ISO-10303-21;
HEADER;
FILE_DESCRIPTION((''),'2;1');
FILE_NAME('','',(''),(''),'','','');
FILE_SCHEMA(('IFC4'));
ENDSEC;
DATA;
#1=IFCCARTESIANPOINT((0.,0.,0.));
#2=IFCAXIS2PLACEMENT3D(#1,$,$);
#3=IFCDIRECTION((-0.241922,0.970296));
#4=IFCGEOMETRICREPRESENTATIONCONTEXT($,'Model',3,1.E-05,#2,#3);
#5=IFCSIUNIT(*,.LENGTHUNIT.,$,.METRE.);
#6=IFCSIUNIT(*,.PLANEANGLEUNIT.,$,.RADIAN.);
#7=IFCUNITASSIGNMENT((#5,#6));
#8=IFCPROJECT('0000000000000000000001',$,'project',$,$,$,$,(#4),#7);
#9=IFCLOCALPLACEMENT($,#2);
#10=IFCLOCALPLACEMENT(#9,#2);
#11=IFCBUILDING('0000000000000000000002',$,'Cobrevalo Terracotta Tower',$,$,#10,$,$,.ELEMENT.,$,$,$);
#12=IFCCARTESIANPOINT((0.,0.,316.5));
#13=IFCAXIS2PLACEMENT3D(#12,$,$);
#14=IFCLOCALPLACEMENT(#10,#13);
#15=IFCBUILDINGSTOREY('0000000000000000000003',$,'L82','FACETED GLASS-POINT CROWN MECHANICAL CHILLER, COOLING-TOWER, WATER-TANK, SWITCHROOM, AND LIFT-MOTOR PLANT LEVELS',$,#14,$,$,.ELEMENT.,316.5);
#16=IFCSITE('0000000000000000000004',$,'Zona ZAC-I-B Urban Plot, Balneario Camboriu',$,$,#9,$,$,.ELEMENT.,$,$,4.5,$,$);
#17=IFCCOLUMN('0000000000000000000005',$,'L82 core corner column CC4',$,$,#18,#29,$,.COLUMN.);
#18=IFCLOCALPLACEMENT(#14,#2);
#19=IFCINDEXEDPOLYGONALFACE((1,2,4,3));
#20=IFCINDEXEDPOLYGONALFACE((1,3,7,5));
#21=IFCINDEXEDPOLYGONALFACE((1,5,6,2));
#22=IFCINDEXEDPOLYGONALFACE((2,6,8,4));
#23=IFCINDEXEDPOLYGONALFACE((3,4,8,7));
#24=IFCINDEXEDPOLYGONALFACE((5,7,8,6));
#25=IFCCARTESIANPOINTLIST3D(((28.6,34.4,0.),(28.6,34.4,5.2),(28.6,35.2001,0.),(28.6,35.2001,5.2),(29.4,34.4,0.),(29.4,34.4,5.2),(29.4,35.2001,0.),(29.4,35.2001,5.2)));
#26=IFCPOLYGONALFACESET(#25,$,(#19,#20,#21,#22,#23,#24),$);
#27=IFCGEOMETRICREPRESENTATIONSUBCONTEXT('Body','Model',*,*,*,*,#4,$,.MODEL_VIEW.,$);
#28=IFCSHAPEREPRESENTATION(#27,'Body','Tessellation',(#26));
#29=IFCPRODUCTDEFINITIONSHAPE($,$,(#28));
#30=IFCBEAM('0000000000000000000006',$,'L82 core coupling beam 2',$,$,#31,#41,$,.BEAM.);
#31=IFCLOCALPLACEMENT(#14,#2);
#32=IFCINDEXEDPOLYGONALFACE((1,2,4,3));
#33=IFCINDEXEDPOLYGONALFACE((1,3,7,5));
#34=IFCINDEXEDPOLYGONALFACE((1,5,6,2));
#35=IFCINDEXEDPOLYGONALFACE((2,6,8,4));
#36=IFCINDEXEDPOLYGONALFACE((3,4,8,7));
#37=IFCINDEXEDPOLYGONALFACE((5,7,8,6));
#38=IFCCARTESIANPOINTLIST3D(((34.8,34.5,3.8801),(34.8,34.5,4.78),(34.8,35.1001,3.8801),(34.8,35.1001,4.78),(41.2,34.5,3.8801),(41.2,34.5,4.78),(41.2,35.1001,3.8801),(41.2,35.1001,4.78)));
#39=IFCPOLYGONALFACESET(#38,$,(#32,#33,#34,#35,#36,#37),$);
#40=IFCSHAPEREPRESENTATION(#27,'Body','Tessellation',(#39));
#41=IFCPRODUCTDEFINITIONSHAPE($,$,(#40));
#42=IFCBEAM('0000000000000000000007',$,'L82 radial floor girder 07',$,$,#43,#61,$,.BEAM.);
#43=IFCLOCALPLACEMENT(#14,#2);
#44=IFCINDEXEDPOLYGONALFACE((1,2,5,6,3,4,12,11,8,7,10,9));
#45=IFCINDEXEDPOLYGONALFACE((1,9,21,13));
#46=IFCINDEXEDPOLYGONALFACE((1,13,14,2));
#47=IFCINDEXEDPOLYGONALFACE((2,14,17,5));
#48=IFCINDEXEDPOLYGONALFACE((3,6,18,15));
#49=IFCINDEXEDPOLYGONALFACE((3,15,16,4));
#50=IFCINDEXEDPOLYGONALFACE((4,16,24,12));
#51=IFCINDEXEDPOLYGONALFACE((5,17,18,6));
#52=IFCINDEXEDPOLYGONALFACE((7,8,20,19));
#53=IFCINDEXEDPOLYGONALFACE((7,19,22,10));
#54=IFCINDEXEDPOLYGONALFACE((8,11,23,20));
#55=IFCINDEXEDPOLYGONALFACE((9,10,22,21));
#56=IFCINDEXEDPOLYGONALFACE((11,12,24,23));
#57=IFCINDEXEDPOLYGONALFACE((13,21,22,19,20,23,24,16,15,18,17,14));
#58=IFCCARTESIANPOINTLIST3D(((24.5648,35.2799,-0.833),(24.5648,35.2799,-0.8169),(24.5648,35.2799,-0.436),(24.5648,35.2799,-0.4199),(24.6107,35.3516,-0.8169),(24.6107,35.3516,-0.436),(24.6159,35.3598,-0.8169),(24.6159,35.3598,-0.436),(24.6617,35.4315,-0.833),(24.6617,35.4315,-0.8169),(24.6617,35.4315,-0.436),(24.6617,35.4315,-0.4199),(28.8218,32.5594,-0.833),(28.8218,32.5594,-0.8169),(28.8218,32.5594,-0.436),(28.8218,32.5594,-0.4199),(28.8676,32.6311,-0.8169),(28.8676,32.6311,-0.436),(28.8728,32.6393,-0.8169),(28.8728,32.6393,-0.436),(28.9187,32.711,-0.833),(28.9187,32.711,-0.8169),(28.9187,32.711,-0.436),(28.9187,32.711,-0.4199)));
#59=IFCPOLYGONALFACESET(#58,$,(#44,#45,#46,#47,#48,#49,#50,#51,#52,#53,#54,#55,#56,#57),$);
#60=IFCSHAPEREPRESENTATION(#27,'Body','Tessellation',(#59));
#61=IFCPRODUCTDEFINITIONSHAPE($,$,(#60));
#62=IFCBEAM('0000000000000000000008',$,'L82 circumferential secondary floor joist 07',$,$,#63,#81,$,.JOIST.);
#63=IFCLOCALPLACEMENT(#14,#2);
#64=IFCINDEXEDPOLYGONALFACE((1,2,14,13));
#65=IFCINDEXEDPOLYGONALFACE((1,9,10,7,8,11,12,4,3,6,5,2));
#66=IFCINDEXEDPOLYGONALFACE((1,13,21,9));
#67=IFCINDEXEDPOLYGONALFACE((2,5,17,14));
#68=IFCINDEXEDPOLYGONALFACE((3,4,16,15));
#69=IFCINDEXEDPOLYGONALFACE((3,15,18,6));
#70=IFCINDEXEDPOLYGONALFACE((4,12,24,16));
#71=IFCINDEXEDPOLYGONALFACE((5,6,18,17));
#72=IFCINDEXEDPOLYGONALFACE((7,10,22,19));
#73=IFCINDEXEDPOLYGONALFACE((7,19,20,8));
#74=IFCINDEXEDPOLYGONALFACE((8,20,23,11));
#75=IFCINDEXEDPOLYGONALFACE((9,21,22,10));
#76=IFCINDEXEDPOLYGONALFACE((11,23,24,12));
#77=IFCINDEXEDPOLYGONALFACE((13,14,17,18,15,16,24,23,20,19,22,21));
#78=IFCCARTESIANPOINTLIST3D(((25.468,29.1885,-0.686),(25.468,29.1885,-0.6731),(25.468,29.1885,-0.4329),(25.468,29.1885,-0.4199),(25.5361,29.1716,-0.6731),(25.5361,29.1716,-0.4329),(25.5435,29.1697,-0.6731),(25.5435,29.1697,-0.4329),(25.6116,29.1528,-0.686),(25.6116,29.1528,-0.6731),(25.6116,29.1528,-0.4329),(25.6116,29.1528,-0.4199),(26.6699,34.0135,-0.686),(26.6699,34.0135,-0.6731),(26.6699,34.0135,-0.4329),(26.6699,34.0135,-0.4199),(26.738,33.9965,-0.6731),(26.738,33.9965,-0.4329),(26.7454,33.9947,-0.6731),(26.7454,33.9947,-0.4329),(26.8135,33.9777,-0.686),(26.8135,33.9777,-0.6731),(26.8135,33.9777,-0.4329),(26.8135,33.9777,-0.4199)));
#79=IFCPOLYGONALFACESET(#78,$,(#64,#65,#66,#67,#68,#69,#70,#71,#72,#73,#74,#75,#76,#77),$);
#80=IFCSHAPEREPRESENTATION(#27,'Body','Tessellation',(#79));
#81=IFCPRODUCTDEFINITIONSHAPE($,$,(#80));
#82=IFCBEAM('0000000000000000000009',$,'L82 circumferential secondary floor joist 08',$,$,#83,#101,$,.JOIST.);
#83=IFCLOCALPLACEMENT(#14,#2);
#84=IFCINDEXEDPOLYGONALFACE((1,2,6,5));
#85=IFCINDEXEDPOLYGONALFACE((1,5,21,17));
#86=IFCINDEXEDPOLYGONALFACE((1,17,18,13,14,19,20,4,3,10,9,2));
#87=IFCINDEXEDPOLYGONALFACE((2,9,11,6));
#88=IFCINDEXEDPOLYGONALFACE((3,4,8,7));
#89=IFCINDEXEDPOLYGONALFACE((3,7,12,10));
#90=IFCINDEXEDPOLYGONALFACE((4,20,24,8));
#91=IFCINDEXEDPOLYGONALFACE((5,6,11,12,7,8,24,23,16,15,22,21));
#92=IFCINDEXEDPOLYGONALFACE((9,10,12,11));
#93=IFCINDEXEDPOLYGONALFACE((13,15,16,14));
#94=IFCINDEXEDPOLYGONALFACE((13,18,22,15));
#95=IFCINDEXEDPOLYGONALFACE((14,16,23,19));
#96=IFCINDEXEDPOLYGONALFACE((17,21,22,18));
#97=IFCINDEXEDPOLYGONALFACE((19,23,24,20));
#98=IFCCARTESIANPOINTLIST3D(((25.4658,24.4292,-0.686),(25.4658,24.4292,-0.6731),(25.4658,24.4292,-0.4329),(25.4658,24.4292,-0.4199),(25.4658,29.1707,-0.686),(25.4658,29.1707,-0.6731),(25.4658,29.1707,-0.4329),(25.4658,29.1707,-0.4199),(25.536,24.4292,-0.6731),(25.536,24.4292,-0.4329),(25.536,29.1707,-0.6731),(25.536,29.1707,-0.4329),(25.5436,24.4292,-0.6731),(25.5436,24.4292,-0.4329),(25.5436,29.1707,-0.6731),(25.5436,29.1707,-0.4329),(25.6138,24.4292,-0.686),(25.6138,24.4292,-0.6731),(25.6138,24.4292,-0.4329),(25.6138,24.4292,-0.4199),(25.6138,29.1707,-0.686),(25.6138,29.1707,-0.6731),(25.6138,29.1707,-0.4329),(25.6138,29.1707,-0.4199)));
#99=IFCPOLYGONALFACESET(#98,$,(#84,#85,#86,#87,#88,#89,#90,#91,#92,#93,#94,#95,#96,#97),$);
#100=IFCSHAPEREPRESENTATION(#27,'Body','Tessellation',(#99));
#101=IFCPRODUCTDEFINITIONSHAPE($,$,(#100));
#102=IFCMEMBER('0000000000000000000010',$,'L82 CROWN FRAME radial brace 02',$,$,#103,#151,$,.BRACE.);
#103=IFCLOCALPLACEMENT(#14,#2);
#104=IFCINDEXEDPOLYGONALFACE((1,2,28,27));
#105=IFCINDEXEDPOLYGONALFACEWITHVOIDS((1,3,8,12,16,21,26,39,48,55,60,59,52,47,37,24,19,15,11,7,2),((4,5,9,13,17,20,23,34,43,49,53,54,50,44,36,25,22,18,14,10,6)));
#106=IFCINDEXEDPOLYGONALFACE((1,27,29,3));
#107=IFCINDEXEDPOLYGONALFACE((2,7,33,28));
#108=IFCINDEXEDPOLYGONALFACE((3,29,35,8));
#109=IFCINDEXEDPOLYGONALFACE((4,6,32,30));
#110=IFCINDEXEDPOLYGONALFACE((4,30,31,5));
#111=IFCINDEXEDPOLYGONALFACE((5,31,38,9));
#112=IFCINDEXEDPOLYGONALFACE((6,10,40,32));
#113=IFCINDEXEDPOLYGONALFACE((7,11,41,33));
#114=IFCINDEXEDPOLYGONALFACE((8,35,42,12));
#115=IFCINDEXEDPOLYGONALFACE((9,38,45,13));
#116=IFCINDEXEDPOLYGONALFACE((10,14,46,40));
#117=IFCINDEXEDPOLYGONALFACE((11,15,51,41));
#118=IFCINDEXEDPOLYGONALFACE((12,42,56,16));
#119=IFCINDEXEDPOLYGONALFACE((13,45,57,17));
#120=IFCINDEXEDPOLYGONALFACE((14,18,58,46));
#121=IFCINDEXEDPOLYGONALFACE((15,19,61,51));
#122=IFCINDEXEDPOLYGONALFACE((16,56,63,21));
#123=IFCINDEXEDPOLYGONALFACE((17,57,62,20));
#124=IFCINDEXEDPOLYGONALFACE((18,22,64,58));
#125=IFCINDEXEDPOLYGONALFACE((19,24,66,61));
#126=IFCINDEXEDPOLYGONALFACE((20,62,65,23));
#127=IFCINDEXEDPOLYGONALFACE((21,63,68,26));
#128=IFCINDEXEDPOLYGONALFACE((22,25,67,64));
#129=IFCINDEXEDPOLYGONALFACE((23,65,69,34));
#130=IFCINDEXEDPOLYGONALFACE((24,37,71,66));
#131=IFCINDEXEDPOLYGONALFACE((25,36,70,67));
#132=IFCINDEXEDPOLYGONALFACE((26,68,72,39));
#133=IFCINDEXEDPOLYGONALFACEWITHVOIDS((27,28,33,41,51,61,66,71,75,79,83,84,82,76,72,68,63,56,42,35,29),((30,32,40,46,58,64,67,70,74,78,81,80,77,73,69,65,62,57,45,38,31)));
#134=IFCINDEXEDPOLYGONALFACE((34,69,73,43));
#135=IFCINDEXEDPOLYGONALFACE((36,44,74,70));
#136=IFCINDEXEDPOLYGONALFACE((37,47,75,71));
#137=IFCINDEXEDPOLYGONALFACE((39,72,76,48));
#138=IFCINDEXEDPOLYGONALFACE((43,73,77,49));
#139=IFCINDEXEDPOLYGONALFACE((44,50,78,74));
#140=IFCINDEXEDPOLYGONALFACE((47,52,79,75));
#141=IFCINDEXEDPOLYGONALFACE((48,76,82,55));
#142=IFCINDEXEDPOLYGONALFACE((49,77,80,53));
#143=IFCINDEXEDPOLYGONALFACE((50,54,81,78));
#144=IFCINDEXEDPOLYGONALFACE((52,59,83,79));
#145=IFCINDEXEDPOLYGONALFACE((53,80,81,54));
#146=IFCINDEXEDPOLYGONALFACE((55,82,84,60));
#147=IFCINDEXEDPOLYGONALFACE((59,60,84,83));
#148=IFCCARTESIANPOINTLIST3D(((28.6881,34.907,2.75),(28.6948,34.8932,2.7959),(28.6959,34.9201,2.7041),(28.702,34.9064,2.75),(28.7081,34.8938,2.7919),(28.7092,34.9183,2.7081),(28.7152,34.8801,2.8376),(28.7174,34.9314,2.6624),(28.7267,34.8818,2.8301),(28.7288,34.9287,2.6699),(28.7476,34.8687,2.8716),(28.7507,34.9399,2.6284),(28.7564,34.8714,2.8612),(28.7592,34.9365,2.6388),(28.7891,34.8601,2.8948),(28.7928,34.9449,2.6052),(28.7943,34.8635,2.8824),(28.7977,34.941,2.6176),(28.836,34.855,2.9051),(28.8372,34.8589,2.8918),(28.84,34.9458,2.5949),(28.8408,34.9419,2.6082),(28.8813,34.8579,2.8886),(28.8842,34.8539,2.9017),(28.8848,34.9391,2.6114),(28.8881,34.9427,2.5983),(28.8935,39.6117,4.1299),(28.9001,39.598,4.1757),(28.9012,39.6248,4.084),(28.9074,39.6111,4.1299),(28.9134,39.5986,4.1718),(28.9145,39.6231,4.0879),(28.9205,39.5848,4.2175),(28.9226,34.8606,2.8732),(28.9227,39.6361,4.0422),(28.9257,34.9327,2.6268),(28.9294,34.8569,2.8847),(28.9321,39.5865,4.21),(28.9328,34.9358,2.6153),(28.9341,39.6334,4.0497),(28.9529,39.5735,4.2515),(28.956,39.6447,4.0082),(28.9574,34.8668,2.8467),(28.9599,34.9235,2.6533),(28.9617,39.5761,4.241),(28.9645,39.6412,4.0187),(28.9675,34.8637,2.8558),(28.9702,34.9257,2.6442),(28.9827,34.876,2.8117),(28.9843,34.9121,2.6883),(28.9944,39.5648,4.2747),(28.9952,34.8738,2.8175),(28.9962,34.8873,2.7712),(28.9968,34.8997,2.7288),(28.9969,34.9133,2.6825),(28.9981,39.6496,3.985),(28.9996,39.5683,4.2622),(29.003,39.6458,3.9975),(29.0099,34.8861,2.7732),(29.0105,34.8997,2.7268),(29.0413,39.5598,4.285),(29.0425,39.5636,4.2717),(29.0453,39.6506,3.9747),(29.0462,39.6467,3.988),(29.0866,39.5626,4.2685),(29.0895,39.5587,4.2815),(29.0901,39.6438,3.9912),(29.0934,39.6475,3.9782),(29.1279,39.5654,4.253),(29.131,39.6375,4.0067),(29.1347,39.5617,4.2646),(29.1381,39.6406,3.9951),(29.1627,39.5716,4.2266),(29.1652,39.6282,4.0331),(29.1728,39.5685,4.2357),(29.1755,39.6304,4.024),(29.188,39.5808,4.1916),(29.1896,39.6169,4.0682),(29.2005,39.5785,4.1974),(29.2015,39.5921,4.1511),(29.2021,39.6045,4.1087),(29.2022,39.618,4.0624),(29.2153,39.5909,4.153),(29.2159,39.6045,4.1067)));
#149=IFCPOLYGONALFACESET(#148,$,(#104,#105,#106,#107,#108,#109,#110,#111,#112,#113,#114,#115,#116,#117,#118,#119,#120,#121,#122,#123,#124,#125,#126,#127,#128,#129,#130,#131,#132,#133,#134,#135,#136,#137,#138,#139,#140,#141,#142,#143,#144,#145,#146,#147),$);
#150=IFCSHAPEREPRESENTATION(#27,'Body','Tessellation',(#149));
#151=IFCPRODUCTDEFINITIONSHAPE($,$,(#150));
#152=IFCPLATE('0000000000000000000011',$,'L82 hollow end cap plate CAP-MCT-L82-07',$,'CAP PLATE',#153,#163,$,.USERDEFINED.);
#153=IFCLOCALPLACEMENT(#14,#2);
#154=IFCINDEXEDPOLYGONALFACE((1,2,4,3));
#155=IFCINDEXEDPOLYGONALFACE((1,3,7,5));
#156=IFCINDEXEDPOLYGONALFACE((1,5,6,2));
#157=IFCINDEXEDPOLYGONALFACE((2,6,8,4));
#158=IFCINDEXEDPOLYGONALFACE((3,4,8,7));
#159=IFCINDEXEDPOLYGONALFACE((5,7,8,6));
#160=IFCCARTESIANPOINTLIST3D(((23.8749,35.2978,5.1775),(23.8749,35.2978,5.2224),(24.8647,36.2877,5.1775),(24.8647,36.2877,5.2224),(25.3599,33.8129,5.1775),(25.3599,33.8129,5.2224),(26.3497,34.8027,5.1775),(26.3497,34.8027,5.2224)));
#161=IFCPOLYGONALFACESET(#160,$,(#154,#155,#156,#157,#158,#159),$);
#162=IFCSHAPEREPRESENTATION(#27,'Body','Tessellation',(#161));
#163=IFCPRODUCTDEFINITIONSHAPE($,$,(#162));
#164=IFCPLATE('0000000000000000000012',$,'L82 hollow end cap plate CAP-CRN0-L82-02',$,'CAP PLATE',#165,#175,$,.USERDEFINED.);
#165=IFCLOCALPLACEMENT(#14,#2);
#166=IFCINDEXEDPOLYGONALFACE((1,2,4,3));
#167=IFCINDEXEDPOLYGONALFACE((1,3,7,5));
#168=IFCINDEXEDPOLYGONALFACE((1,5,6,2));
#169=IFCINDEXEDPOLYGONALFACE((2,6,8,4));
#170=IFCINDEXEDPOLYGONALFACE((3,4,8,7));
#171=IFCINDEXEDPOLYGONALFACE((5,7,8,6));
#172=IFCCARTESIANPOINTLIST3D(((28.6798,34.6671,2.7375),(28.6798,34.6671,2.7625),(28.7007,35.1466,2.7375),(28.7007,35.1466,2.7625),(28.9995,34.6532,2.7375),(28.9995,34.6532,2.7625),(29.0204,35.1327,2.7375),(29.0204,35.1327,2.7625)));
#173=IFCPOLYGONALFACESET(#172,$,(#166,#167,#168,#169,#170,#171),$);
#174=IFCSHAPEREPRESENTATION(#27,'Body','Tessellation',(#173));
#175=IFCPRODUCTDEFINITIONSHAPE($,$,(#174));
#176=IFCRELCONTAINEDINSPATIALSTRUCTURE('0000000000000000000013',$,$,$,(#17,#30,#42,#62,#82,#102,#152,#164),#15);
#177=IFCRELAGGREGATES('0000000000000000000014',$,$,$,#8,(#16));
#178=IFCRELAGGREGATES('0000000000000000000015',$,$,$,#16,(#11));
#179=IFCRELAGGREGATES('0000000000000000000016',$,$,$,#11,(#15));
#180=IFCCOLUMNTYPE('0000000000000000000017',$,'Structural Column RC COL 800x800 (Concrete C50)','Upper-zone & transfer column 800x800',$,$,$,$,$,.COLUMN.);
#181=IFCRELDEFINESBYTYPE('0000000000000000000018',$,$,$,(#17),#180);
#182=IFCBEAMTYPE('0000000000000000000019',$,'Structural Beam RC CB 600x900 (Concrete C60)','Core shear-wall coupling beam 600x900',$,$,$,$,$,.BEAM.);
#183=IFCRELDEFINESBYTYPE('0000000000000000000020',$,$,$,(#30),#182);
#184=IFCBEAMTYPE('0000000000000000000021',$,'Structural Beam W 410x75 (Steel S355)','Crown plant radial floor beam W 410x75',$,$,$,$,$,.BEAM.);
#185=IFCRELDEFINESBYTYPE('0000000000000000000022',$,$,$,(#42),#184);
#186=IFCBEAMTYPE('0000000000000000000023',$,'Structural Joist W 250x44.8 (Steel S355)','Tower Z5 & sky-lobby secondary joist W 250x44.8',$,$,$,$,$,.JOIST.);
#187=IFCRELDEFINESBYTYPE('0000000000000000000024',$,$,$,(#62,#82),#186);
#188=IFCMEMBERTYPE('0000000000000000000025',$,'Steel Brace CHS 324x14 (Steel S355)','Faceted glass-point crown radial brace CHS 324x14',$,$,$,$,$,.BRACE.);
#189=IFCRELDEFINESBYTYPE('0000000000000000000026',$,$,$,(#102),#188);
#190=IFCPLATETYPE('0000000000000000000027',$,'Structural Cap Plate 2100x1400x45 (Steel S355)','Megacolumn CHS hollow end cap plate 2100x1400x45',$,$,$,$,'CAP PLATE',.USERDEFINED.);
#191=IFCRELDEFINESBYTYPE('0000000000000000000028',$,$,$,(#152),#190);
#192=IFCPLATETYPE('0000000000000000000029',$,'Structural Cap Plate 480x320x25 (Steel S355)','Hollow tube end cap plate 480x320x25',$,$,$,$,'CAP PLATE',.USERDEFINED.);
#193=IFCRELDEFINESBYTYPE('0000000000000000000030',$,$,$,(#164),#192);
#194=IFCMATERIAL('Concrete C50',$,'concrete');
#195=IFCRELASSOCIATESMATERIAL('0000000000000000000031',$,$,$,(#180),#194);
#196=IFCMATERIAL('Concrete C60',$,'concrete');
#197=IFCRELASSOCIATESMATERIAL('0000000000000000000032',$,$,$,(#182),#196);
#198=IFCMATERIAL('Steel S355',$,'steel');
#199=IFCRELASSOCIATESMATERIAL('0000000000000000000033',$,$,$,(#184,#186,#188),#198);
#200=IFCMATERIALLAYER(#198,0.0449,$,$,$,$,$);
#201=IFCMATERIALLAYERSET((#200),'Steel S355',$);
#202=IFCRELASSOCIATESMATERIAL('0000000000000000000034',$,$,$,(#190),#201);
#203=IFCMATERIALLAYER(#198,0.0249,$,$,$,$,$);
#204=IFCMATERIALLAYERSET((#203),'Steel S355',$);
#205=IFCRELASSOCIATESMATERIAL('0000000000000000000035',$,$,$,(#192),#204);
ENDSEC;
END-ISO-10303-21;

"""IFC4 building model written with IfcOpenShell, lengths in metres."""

from ifc_helpers import new_model, si_unit, direction, frame, origin, origin_2d, place, context, subcontext, project, spatial, rectangle, hollow_circle, i_section, extrude, source, transform, mapped, material, layer, layer_set, material_profile, profile_set, type_object, element, save


model = new_model("IFC4")

# Units and contexts
model_context = context("Model", 3, precision=1e-05, world=origin(), true_north=direction((-0.241922, 0.970296)))
body_context = subcontext(model_context, "Body", "Model", "MODEL_VIEW")
ifc_project = project(units=[si_unit("LENGTHUNIT", "METRE"), si_unit("PLANEANGLEUNIT", "RADIAN")], contexts=[model_context])

# Site, building, storey
site_placement = place(None, origin())
site = spatial("IfcSite", under=ifc_project, at=site_placement, Name="Zona ZAC-I-B Urban Plot, Balneario Camboriu", CompositionType="ELEMENT", RefElevation=4.5)
building_placement = place(site_placement, origin())
building = spatial("IfcBuilding", under=site, at=building_placement, Name="Cobrevalo Terracotta Tower", CompositionType="ELEMENT")
storey_placement = place(building_placement, frame((0.0, 0.0, 316.5)))
storey = spatial("IfcBuildingStorey", under=building, at=storey_placement, Name="L82", Description="FACETED GLASS-POINT CROWN MECHANICAL CHILLER, COOLING-TOWER, WATER-TANK, SWITCHROOM, AND LIFT-MOTOR PLANT LEVELS", CompositionType="ELEMENT", Elevation=316.5)

# Column
ifc_material_1 = material(Name="Concrete C50", Category="concrete")
ifc_material_profile_1 = material_profile(ifc_material_1, rectangle(XDim=0.8, YDim=0.8, at=origin_2d()), Name="RC COL 800x800")
ifc_profile_set_1 = profile_set([ifc_material_profile_1], Name="Concrete C50")
column_type = type_object("IfcColumnType", Name="Structural Column RC COL 800x800 (Concrete C50)", Description="Upper-zone & transfer column 800x800", PredefinedType="COLUMN", material=ifc_profile_set_1)
column_placement = place(storey_placement, frame((29.0, 34.8, 0.0), z_axis=(0.0, 0.0, 1.0), x_axis=(1.0, 0.0, 0.0)))
element("IfcColumn", 1, at=column_placement, inside=storey, type_object=column_type, Name="L82 core corner column CC4", PredefinedType="COLUMN", context=body_context, shape_type="SweptSolid", body=[
    extrude(rectangle(XDim=0.8, YDim=0.8, at=origin_2d()), origin(), (0.0, 0.0, 1.0), 5.2),
])

# Beams
ifc_material_2 = material(Name="Concrete C60", Category="concrete")
ifc_material_profile_2 = material_profile(ifc_material_2, rectangle(XDim=0.6001, YDim=0.8999, at=origin_2d()), Name="RC CB 600x900")
ifc_profile_set_2 = profile_set([ifc_material_profile_2], Name="Concrete C60")
beam_type_1 = type_object("IfcBeamType", Name="Structural Beam RC CB 600x900 (Concrete C60)", Description="Core shear-wall coupling beam 600x900", PredefinedType="BEAM", material=ifc_profile_set_2)
beam_1_placement = place(storey_placement, frame((34.8, 34.8, 4.3301), z_axis=(1.0, 0.0, 0.0), x_axis=(0.0, 1.0, 0.0)))
element("IfcBeam", 2, at=beam_1_placement, inside=storey, type_object=beam_type_1, Name="L82 core coupling beam 2", PredefinedType="BEAM", context=body_context, shape_type="SweptSolid", body=[
    extrude(rectangle(XDim=0.6001, YDim=0.8999, at=origin_2d()), origin(), (0.0, 0.0, 1.0), 6.3999),
])
ifc_material_3 = material(Name="Steel S355", Category="steel")
ifc_material_profile_3 = material_profile(ifc_material_3, i_section(OverallWidth=0.1799, OverallDepth=0.4131, WebThickness=0.0098, FlangeThickness=0.0161, at=origin_2d()), Name="W 410x75")
ifc_profile_set_3 = profile_set([ifc_material_profile_3], Name="Steel S355")
beam_type_2 = type_object("IfcBeamType", Name="Structural Beam W 410x75 (Steel S355)", Description="Crown plant radial floor beam W 410x75", PredefinedType="BEAM", material=ifc_profile_set_3)
beam_2_placement = place(storey_placement, frame((24.6133, 35.3557, -0.6265), z_axis=(0.842623, -0.538504, 0.0), x_axis=(0.538504, 0.842623, 0.0)))
element("IfcBeam", 3, at=beam_2_placement, inside=storey, type_object=beam_type_2, Name="L82 radial floor girder 07", PredefinedType="BEAM", context=body_context, shape_type="SweptSolid", body=[
    extrude(i_section(OverallWidth=0.1799, OverallDepth=0.4131, WebThickness=0.0098, FlangeThickness=0.0161, at=origin_2d()), origin(), (0.0, 0.0, 1.0), 5.052),
])
ifc_material_profile_4 = material_profile(ifc_material_3, i_section(OverallWidth=0.1479, OverallDepth=0.2661, WebThickness=0.0076, FlangeThickness=0.0129, at=origin_2d()), Name="W 250x44.8")
ifc_profile_set_4 = profile_set([ifc_material_profile_4], Name="Steel S355")
beam_type_3 = type_object("IfcBeamType", Name="Structural Joist W 250x44.8 (Steel S355)", Description="Tower Z5 & sky-lobby secondary joist W 250x44.8", PredefinedType="JOIST", material=ifc_profile_set_4)
beam_3_placement = place(storey_placement, frame((26.7417, 33.9956, -0.553), z_axis=(-0.241715, -0.970347, 0.0), x_axis=(0.970347, -0.241715, 0.0)))
element("IfcBeam", 4, at=beam_3_placement, inside=storey, type_object=beam_type_3, Name="L82 circumferential secondary floor joist 07", PredefinedType="JOIST", context=body_context, shape_type="SweptSolid", body=[
    extrude(i_section(OverallWidth=0.1479, OverallDepth=0.2661, WebThickness=0.0076, FlangeThickness=0.0129, at=origin_2d()), origin(), (0.0, 0.0, 1.0), 4.9724),
])
beam_4_placement = place(storey_placement, frame((25.5398, 29.1707, -0.553), z_axis=(0.0, -1.0, 0.0), x_axis=(1.0, 0.0, 0.0)))
element("IfcBeam", 5, at=beam_4_placement, inside=storey, type_object=beam_type_3, Name="L82 circumferential secondary floor joist 08", PredefinedType="JOIST", context=body_context, shape_type="SweptSolid", body=[
    extrude(i_section(OverallWidth=0.1479, OverallDepth=0.2661, WebThickness=0.0076, FlangeThickness=0.0129, at=origin_2d()), origin(), (0.0, 0.0, 1.0), 4.7415),
])

# Member
ifc_material_profile_5 = material_profile(ifc_material_3, hollow_circle(Radius=0.1621, WallThickness=0.0139, at=origin_2d()), Name="CHS 324x14")
ifc_profile_set_5 = profile_set([ifc_material_profile_5], Name="Steel S355")
member_type = type_object("IfcMemberType", Name="Steel Brace CHS 324x14 (Steel S355)", Description="Faceted glass-point crown radial brace CHS 324x14", PredefinedType="BRACE", material=ifc_profile_set_5)
shared_shape_1 = source(origin(), body_context, "Body", "SweptSolid", [
    extrude(hollow_circle(Radius=0.1621, WallThickness=0.0139, at=origin_2d()), origin(), (0.0, 0.0, 1.0), 4.9072),
])
member_placement = place(storey_placement, frame((28.8501, 34.8999, 2.75), z_axis=(0.04184, 0.95874, 0.281189), x_axis=(-0.999049, 0.043599, 0.0)))
element("IfcMember", 6, at=member_placement, inside=storey, type_object=member_type, Name="L82 CROWN FRAME radial brace 02", PredefinedType="BRACE", context=body_context, shape_type="MappedRepresentation", body=[
    mapped(shared_shape_1, transform((0.0, 0.0, 0.0), scale=1.0)),
])

# Plates
ifc_layer_1 = layer(ifc_material_3, 0.0449)
ifc_layer_set_1 = layer_set([ifc_layer_1], Name="Steel S355")
plate_type_1 = type_object("IfcPlateType", Name="Structural Cap Plate 2100x1400x45 (Steel S355)", Description="Megacolumn CHS hollow end cap plate 2100x1400x45", ElementType="CAP PLATE", PredefinedType="USERDEFINED", material=ifc_layer_set_1)
shared_shape_2 = source(origin(), body_context, "Body", "SweptSolid", [
    extrude(rectangle(XDim=2.1001, YDim=1.3999, at=origin_2d()), origin(), (0.0, 0.0, 1.0), 0.0449),
])
plate_1_placement = place(storey_placement, frame((25.1123, 35.0503, 5.1775), z_axis=(0.0, 0.0, 1.0), x_axis=(-0.707107, 0.707107, 0.0)))
element("IfcPlate", 7, at=plate_1_placement, inside=storey, type_object=plate_type_1, Name="L82 hollow end cap plate CAP-MCT-L82-07", ObjectType="CAP PLATE", PredefinedType="USERDEFINED", context=body_context, shape_type="MappedRepresentation", body=[
    mapped(shared_shape_2, transform((0.0, 0.0, 0.0), scale=1.0)),
])
ifc_layer_2 = layer(ifc_material_3, 0.0249)
ifc_layer_set_2 = layer_set([ifc_layer_2], Name="Steel S355")
plate_type_2 = type_object("IfcPlateType", Name="Structural Cap Plate 480x320x25 (Steel S355)", Description="Hollow tube end cap plate 480x320x25", ElementType="CAP PLATE", PredefinedType="USERDEFINED", material=ifc_layer_set_2)
shared_shape_3 = source(origin(), body_context, "Body", "SweptSolid", [
    extrude(rectangle(XDim=0.48, YDim=0.3201, at=origin_2d()), origin(), (0.0, 0.0, 1.0), 0.0249),
])
plate_2_placement = place(storey_placement, frame((28.8501, 34.8999, 2.7375), z_axis=(0.0, 0.0, 1.0), x_axis=(0.0436, 0.999049, 0.0)))
element("IfcPlate", 8, at=plate_2_placement, inside=storey, type_object=plate_type_2, Name="L82 hollow end cap plate CAP-CRN0-L82-02", ObjectType="CAP PLATE", PredefinedType="USERDEFINED", context=body_context, shape_type="MappedRepresentation", body=[
    mapped(shared_shape_3, transform((0.0, 0.0, 0.0), scale=1.0)),
])

save(model, "model.ifc")
